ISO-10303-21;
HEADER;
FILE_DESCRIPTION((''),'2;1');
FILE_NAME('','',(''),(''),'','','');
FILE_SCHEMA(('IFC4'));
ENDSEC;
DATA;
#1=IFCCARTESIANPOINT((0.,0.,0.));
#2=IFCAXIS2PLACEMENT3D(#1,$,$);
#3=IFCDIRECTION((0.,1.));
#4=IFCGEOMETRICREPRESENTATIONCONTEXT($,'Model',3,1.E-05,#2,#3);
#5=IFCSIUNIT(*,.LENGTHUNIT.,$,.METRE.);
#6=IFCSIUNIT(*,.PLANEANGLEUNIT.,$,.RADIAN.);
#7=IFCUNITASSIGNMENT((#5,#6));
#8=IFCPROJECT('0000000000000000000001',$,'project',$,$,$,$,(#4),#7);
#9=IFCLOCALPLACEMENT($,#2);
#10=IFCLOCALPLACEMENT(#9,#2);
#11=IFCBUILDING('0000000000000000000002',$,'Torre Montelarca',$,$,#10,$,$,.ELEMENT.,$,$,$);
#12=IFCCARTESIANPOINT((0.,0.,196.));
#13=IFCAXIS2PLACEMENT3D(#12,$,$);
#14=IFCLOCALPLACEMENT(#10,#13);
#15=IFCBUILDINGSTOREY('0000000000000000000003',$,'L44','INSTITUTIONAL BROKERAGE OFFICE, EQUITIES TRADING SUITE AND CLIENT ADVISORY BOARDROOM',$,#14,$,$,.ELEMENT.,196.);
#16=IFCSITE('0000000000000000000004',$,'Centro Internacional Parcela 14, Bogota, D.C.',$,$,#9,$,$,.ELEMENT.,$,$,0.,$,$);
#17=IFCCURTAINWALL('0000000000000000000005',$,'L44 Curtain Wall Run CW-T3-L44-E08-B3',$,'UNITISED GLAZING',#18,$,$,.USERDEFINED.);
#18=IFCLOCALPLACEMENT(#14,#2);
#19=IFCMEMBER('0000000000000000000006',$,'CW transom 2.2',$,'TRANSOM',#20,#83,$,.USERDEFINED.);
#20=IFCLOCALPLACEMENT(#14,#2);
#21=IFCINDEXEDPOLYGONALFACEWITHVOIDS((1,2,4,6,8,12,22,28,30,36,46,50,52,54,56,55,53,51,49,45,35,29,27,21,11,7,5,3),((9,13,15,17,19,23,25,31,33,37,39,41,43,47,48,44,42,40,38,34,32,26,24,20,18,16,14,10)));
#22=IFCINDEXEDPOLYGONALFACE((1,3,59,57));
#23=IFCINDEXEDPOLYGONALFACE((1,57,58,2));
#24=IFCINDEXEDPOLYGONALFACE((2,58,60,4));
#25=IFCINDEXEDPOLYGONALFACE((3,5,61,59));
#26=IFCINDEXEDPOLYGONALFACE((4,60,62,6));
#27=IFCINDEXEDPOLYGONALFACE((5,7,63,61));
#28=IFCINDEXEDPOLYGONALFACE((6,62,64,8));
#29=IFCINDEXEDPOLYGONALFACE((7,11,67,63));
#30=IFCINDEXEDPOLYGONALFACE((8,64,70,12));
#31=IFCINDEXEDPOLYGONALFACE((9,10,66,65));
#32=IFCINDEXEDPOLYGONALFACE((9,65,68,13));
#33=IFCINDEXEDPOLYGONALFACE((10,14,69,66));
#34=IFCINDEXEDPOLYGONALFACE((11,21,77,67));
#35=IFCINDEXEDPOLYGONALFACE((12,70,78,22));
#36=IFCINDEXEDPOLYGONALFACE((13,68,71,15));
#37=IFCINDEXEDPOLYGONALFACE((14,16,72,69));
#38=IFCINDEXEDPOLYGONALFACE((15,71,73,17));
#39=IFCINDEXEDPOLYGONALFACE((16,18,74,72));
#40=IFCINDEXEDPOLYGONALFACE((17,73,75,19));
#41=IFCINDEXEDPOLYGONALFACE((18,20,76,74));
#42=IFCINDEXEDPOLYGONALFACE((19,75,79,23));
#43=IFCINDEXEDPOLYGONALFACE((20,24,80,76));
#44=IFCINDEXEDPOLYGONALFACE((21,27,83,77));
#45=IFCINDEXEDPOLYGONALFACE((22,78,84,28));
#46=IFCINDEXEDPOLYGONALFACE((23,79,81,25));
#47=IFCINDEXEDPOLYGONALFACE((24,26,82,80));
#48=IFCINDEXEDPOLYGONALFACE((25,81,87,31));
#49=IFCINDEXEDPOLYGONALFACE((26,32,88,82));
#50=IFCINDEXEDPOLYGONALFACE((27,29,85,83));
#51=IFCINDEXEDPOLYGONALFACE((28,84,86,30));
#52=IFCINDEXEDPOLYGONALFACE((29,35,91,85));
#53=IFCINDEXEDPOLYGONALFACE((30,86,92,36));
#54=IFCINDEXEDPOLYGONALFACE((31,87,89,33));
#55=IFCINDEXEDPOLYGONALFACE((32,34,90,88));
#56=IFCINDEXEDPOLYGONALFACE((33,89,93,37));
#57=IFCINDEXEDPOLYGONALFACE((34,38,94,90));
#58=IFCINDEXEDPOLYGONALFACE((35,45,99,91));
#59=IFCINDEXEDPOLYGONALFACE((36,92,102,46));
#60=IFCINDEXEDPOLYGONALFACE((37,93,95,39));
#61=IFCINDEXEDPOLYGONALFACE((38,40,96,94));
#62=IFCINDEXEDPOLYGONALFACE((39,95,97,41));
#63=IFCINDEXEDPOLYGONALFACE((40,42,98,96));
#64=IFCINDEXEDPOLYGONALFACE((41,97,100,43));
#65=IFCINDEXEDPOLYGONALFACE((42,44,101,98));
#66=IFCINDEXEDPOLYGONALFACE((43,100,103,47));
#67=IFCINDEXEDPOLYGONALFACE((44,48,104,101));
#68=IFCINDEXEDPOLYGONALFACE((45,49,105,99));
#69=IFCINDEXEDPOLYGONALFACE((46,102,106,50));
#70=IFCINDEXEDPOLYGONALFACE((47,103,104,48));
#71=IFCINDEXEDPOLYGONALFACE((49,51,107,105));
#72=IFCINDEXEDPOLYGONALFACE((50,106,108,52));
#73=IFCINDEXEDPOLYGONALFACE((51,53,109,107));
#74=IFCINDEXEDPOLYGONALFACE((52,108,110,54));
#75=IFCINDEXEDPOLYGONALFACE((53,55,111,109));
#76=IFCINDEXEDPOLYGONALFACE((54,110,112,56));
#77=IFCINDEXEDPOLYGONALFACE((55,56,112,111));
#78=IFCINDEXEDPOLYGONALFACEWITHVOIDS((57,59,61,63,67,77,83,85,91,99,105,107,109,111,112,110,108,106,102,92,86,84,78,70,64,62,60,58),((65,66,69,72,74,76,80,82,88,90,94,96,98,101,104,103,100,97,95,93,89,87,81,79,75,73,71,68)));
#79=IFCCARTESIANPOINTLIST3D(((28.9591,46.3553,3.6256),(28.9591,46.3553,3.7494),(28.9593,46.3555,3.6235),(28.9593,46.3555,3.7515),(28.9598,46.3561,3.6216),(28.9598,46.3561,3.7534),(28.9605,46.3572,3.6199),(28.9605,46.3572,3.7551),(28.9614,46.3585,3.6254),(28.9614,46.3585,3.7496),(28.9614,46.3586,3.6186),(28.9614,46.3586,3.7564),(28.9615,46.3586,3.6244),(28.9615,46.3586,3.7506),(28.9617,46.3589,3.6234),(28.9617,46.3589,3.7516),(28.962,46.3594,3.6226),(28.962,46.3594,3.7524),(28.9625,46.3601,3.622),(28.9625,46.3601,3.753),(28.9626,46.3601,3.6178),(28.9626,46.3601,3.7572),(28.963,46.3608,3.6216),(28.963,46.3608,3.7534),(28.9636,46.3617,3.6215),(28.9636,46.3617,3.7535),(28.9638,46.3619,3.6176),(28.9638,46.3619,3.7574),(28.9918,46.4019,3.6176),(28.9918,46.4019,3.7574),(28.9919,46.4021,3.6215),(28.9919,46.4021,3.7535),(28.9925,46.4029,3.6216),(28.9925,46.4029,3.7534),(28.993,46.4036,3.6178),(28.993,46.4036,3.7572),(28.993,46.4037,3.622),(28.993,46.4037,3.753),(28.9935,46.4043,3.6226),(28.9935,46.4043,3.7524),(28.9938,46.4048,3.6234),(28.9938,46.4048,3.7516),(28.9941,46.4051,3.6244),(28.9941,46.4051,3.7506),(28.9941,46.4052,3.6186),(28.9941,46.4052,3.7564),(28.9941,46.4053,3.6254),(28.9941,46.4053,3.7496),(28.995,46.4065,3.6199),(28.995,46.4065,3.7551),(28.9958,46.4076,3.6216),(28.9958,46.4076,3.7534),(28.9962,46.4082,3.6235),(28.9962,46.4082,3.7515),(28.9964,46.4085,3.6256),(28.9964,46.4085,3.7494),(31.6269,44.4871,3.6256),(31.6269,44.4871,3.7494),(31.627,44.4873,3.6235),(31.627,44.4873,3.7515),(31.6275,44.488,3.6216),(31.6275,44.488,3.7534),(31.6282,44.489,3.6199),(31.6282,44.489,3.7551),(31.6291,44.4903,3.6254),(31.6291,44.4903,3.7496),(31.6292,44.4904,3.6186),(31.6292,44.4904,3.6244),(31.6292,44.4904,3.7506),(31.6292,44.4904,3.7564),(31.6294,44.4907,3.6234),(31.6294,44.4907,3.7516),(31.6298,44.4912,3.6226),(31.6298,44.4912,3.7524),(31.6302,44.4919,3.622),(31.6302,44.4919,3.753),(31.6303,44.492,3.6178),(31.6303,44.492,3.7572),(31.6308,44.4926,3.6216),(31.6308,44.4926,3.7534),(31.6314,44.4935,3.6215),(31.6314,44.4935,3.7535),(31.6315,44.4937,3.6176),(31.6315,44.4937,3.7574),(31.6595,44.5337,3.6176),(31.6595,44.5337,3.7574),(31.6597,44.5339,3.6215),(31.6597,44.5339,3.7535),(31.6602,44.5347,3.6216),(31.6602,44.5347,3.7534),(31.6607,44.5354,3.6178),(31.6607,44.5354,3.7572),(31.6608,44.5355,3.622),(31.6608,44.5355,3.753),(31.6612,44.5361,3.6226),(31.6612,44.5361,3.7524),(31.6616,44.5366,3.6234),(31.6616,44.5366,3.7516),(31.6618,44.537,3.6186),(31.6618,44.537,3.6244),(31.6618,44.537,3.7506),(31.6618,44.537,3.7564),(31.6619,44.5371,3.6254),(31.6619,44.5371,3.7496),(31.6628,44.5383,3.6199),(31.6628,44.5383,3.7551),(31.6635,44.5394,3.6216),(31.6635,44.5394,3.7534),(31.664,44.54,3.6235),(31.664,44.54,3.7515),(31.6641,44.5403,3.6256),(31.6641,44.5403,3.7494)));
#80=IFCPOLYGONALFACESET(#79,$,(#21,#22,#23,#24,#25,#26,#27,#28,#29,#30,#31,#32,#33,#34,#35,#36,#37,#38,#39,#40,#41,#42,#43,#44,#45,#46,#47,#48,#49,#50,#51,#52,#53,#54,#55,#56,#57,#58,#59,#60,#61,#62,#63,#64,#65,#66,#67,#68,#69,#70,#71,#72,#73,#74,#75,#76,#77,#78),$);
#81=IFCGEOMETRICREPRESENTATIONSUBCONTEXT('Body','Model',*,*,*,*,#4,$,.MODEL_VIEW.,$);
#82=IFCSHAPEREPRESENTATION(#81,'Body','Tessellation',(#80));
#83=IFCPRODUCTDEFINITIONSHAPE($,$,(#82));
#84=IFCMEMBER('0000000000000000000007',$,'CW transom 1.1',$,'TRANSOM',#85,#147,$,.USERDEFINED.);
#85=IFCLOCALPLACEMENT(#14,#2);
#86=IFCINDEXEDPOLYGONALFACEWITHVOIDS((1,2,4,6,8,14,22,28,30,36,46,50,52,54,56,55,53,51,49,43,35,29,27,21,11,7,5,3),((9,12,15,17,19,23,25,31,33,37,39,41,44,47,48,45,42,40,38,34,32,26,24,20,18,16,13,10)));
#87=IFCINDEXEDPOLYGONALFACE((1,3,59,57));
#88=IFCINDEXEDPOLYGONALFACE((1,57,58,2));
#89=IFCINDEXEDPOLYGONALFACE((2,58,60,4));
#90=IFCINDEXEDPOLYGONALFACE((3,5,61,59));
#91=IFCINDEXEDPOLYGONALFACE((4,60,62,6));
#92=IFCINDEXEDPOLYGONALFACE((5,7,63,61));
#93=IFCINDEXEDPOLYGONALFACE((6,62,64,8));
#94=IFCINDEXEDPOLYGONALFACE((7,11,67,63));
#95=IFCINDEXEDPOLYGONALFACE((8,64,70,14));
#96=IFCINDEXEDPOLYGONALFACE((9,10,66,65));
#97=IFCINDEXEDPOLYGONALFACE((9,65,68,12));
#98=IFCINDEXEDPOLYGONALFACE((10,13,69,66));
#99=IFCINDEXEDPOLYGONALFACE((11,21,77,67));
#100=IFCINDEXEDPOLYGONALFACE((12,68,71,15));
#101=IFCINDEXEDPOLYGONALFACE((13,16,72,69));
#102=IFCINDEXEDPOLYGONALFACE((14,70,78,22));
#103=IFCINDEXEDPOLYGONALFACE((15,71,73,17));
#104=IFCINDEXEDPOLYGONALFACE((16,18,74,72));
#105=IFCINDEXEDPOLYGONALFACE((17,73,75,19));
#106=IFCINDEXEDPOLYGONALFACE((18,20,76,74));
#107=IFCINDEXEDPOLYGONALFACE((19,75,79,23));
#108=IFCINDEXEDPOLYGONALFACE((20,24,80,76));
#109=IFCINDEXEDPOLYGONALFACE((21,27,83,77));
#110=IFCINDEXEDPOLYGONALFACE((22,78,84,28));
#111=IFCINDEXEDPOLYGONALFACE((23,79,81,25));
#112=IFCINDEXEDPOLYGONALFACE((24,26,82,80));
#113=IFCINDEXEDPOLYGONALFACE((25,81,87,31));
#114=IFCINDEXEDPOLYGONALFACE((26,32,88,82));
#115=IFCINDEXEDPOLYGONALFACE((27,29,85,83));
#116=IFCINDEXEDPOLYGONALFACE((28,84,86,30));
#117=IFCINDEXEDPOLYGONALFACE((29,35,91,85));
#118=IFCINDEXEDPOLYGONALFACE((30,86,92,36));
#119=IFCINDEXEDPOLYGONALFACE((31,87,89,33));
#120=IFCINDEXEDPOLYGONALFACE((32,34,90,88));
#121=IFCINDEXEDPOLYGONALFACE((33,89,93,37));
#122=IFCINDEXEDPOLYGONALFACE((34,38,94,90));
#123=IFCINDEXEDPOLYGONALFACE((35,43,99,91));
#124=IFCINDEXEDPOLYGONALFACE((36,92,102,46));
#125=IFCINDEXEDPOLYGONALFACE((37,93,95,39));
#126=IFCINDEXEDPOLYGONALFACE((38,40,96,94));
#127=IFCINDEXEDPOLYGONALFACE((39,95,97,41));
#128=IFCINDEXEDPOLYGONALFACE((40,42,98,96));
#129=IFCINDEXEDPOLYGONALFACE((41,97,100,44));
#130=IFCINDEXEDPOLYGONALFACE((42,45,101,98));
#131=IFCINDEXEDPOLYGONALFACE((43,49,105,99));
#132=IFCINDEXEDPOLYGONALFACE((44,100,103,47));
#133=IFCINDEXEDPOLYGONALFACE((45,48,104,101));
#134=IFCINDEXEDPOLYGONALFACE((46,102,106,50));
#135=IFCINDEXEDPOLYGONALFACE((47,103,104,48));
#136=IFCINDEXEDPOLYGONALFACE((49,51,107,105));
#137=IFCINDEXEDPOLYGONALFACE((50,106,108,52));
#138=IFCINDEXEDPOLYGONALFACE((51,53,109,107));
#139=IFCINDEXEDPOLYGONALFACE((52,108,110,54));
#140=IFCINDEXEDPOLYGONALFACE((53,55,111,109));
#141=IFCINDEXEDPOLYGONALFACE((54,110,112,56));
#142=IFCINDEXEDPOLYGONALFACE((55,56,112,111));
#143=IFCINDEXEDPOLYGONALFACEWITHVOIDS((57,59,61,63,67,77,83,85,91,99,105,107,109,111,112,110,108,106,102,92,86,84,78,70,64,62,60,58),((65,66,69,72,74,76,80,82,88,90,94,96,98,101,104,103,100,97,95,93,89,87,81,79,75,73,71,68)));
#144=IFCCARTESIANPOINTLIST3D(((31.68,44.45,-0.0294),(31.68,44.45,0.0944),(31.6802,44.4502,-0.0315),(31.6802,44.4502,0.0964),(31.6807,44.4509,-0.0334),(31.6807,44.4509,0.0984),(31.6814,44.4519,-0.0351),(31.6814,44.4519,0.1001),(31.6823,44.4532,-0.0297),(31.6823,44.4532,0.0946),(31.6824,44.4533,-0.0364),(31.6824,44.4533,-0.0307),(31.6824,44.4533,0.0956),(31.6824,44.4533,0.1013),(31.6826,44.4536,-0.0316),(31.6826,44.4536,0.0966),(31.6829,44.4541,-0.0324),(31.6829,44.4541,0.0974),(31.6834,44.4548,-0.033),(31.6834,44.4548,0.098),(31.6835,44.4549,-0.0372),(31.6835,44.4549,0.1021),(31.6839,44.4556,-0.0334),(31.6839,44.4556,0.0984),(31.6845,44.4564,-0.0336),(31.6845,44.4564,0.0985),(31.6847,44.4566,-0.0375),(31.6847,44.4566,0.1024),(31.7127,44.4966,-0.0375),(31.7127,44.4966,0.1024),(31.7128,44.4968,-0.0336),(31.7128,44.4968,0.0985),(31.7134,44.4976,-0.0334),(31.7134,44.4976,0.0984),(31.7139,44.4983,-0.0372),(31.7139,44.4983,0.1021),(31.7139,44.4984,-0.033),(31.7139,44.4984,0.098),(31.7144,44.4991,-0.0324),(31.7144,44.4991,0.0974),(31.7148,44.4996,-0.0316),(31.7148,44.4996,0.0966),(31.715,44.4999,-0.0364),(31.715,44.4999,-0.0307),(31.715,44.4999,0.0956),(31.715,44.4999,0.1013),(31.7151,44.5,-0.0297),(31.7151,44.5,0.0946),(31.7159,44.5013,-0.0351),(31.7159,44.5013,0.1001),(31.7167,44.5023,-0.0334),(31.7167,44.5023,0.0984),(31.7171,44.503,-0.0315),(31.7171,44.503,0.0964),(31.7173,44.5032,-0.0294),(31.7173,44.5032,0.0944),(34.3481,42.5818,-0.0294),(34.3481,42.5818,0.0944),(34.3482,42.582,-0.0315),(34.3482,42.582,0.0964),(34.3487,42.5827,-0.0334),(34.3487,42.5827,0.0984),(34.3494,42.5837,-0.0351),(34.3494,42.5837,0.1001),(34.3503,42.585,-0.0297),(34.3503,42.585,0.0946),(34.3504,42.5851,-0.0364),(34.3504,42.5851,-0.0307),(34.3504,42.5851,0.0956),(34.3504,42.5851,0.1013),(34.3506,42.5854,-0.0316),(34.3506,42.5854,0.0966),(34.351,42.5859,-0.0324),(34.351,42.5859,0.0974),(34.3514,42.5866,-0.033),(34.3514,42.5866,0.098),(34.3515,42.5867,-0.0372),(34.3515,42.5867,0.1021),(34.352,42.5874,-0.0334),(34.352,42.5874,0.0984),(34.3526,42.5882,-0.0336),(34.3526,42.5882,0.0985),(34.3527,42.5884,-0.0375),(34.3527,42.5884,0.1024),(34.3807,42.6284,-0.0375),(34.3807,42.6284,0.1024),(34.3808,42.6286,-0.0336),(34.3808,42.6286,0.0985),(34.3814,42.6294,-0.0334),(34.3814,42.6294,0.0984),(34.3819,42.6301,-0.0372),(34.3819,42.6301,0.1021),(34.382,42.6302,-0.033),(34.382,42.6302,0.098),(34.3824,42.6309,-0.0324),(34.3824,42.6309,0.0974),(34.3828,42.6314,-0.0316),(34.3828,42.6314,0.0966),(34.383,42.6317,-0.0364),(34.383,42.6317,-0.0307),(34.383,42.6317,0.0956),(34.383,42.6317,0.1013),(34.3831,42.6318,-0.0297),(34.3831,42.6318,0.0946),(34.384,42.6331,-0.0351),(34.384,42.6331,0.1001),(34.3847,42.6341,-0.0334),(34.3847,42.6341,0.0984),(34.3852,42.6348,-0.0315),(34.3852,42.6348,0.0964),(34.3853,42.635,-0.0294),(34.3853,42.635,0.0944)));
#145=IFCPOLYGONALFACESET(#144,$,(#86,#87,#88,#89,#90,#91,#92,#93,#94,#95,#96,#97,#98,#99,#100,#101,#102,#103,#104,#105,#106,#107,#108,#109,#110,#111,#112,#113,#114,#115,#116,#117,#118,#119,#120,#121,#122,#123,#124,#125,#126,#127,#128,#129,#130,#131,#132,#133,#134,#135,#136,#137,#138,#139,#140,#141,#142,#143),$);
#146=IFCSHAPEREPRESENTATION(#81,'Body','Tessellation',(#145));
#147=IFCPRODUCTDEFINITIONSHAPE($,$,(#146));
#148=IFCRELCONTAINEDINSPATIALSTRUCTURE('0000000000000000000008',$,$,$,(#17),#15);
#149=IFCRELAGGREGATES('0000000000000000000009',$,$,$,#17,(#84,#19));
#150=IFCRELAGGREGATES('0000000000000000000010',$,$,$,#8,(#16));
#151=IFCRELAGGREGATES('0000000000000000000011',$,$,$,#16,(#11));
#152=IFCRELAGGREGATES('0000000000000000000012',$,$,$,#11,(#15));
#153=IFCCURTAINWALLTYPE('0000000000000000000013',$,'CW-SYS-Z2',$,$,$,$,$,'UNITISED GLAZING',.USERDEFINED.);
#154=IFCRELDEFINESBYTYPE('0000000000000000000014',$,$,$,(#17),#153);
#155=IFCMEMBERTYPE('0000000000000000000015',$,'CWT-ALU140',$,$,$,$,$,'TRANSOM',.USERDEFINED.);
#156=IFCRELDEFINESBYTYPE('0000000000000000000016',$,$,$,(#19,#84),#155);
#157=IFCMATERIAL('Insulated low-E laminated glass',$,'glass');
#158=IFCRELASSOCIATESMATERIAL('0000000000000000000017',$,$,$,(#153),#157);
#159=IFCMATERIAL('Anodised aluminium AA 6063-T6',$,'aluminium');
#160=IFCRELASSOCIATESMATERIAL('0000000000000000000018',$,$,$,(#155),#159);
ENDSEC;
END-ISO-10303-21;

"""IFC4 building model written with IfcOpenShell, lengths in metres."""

from ifc_helpers import new_model, si_unit, direction, frame, origin, origin_2d, place, context, subcontext, project, spatial, hollow_rectangle, extrude, source, transform, mapped, material, material_profile, profile_set, type_object, element, aggregate, save


model = new_model("IFC4")

# Units and contexts
model_context = context("Model", 3, precision=1e-05, world=origin(), true_north=direction((0.0, 1.0)))
body_context = subcontext(model_context, "Body", "Model", "MODEL_VIEW")
ifc_project = project(units=[si_unit("LENGTHUNIT", "METRE"), si_unit("PLANEANGLEUNIT", "RADIAN")], contexts=[model_context])

# Site, building, storey
site_placement = place(None, origin())
site = spatial("IfcSite", under=ifc_project, at=site_placement, Name="Centro Internacional Parcela 14, Bogota, D.C.", CompositionType="ELEMENT", RefElevation=0.0)
building_placement = place(site_placement, origin())
building = spatial("IfcBuilding", under=site, at=building_placement, Name="Torre Montelarca", CompositionType="ELEMENT")
storey_placement = place(building_placement, frame((0.0, 0.0, 196.0)))
storey = spatial("IfcBuildingStorey", under=building, at=storey_placement, Name="L44", Description="INSTITUTIONAL BROKERAGE OFFICE, EQUITIES TRADING SUITE AND CLIENT ADVISORY BOARDROOM", CompositionType="ELEMENT", Elevation=196.0)

# Curtain wall, members
ifc_material_1 = material(Name="Insulated low-E laminated glass", Category="glass")
curtain_wall_type = type_object("IfcCurtainWallType", Name="CW-SYS-Z2", ElementType="UNITISED GLAZING", PredefinedType="USERDEFINED", material=ifc_material_1)
curtain_wall_placement = place(storey_placement, origin())
curtain_wall = element("IfcCurtainWall", 1, at=curtain_wall_placement, inside=storey, type_object=curtain_wall_type, Name="L44 Curtain Wall Run CW-T3-L44-E08-B3", ObjectType="UNITISED GLAZING", PredefinedType="USERDEFINED")
ifc_material_2 = material(Name="Anodised aluminium AA 6063-T6", Category="aluminium")
ifc_material_profile_1 = material_profile(ifc_material_2, hollow_rectangle(XDim=0.0649, YDim=0.1399, WallThickness=0.0039, InnerFilletRadius=0.0039, OuterFilletRadius=0.0081, at=origin_2d()), Name="ALU65X140X4", Category="aluminium")
ifc_profile_set_1 = profile_set([ifc_material_profile_1], Name="Anodised aluminium AA 6063-T6")
member_type_1 = type_object("IfcMemberType", Name="CWT-ALU140", ElementType="TRANSOM", PredefinedType="USERDEFINED", material=ifc_profile_set_1)
shared_shape_1 = source(origin(), body_context, "Body", "SweptSolid", [
    extrude(hollow_rectangle(XDim=0.0649, YDim=0.1399, WallThickness=0.0039, InnerFilletRadius=0.0039, OuterFilletRadius=0.0081, at=origin_2d()), origin(), (0.0, 0.0, 1.0), 3.2568),
])
member_1_placement = place(storey_placement, frame((31.6455, 44.5137, 3.6875), z_axis=(-0.819123, 0.573618, 0.0), x_axis=(-0.573618, -0.819123, 0.0)))
member_1 = element("IfcMember", 2, at=member_1_placement, type_object=member_type_1, Name="CW transom 2.2", ObjectType="TRANSOM", PredefinedType="USERDEFINED", context=body_context, shape_type="MappedRepresentation", body=[
    mapped(shared_shape_1, transform((0.0, 0.0, 0.0), scale=1.0)),
])
shared_shape_2 = source(origin(), body_context, "Body", "SweptSolid", [
    extrude(hollow_rectangle(XDim=0.0649, YDim=0.1399, WallThickness=0.0039, InnerFilletRadius=0.0039, OuterFilletRadius=0.0081, at=origin_2d()), origin(), (0.0, 0.0, 1.0), 3.2571),
])
member_2_placement = place(storey_placement, frame((34.3667, 42.6084, 0.0325), z_axis=(-0.819147, 0.573583, 0.0), x_axis=(-0.573583, -0.819147, 0.0)))
member_2 = element("IfcMember", 3, at=member_2_placement, type_object=member_type_1, Name="CW transom 1.1", ObjectType="TRANSOM", PredefinedType="USERDEFINED", context=body_context, shape_type="MappedRepresentation", body=[
    mapped(shared_shape_2, transform((0.0, 0.0, 0.0), scale=1.0)),
])
aggregate(curtain_wall, [member_2, member_1])

save(model, "model.ifc")
